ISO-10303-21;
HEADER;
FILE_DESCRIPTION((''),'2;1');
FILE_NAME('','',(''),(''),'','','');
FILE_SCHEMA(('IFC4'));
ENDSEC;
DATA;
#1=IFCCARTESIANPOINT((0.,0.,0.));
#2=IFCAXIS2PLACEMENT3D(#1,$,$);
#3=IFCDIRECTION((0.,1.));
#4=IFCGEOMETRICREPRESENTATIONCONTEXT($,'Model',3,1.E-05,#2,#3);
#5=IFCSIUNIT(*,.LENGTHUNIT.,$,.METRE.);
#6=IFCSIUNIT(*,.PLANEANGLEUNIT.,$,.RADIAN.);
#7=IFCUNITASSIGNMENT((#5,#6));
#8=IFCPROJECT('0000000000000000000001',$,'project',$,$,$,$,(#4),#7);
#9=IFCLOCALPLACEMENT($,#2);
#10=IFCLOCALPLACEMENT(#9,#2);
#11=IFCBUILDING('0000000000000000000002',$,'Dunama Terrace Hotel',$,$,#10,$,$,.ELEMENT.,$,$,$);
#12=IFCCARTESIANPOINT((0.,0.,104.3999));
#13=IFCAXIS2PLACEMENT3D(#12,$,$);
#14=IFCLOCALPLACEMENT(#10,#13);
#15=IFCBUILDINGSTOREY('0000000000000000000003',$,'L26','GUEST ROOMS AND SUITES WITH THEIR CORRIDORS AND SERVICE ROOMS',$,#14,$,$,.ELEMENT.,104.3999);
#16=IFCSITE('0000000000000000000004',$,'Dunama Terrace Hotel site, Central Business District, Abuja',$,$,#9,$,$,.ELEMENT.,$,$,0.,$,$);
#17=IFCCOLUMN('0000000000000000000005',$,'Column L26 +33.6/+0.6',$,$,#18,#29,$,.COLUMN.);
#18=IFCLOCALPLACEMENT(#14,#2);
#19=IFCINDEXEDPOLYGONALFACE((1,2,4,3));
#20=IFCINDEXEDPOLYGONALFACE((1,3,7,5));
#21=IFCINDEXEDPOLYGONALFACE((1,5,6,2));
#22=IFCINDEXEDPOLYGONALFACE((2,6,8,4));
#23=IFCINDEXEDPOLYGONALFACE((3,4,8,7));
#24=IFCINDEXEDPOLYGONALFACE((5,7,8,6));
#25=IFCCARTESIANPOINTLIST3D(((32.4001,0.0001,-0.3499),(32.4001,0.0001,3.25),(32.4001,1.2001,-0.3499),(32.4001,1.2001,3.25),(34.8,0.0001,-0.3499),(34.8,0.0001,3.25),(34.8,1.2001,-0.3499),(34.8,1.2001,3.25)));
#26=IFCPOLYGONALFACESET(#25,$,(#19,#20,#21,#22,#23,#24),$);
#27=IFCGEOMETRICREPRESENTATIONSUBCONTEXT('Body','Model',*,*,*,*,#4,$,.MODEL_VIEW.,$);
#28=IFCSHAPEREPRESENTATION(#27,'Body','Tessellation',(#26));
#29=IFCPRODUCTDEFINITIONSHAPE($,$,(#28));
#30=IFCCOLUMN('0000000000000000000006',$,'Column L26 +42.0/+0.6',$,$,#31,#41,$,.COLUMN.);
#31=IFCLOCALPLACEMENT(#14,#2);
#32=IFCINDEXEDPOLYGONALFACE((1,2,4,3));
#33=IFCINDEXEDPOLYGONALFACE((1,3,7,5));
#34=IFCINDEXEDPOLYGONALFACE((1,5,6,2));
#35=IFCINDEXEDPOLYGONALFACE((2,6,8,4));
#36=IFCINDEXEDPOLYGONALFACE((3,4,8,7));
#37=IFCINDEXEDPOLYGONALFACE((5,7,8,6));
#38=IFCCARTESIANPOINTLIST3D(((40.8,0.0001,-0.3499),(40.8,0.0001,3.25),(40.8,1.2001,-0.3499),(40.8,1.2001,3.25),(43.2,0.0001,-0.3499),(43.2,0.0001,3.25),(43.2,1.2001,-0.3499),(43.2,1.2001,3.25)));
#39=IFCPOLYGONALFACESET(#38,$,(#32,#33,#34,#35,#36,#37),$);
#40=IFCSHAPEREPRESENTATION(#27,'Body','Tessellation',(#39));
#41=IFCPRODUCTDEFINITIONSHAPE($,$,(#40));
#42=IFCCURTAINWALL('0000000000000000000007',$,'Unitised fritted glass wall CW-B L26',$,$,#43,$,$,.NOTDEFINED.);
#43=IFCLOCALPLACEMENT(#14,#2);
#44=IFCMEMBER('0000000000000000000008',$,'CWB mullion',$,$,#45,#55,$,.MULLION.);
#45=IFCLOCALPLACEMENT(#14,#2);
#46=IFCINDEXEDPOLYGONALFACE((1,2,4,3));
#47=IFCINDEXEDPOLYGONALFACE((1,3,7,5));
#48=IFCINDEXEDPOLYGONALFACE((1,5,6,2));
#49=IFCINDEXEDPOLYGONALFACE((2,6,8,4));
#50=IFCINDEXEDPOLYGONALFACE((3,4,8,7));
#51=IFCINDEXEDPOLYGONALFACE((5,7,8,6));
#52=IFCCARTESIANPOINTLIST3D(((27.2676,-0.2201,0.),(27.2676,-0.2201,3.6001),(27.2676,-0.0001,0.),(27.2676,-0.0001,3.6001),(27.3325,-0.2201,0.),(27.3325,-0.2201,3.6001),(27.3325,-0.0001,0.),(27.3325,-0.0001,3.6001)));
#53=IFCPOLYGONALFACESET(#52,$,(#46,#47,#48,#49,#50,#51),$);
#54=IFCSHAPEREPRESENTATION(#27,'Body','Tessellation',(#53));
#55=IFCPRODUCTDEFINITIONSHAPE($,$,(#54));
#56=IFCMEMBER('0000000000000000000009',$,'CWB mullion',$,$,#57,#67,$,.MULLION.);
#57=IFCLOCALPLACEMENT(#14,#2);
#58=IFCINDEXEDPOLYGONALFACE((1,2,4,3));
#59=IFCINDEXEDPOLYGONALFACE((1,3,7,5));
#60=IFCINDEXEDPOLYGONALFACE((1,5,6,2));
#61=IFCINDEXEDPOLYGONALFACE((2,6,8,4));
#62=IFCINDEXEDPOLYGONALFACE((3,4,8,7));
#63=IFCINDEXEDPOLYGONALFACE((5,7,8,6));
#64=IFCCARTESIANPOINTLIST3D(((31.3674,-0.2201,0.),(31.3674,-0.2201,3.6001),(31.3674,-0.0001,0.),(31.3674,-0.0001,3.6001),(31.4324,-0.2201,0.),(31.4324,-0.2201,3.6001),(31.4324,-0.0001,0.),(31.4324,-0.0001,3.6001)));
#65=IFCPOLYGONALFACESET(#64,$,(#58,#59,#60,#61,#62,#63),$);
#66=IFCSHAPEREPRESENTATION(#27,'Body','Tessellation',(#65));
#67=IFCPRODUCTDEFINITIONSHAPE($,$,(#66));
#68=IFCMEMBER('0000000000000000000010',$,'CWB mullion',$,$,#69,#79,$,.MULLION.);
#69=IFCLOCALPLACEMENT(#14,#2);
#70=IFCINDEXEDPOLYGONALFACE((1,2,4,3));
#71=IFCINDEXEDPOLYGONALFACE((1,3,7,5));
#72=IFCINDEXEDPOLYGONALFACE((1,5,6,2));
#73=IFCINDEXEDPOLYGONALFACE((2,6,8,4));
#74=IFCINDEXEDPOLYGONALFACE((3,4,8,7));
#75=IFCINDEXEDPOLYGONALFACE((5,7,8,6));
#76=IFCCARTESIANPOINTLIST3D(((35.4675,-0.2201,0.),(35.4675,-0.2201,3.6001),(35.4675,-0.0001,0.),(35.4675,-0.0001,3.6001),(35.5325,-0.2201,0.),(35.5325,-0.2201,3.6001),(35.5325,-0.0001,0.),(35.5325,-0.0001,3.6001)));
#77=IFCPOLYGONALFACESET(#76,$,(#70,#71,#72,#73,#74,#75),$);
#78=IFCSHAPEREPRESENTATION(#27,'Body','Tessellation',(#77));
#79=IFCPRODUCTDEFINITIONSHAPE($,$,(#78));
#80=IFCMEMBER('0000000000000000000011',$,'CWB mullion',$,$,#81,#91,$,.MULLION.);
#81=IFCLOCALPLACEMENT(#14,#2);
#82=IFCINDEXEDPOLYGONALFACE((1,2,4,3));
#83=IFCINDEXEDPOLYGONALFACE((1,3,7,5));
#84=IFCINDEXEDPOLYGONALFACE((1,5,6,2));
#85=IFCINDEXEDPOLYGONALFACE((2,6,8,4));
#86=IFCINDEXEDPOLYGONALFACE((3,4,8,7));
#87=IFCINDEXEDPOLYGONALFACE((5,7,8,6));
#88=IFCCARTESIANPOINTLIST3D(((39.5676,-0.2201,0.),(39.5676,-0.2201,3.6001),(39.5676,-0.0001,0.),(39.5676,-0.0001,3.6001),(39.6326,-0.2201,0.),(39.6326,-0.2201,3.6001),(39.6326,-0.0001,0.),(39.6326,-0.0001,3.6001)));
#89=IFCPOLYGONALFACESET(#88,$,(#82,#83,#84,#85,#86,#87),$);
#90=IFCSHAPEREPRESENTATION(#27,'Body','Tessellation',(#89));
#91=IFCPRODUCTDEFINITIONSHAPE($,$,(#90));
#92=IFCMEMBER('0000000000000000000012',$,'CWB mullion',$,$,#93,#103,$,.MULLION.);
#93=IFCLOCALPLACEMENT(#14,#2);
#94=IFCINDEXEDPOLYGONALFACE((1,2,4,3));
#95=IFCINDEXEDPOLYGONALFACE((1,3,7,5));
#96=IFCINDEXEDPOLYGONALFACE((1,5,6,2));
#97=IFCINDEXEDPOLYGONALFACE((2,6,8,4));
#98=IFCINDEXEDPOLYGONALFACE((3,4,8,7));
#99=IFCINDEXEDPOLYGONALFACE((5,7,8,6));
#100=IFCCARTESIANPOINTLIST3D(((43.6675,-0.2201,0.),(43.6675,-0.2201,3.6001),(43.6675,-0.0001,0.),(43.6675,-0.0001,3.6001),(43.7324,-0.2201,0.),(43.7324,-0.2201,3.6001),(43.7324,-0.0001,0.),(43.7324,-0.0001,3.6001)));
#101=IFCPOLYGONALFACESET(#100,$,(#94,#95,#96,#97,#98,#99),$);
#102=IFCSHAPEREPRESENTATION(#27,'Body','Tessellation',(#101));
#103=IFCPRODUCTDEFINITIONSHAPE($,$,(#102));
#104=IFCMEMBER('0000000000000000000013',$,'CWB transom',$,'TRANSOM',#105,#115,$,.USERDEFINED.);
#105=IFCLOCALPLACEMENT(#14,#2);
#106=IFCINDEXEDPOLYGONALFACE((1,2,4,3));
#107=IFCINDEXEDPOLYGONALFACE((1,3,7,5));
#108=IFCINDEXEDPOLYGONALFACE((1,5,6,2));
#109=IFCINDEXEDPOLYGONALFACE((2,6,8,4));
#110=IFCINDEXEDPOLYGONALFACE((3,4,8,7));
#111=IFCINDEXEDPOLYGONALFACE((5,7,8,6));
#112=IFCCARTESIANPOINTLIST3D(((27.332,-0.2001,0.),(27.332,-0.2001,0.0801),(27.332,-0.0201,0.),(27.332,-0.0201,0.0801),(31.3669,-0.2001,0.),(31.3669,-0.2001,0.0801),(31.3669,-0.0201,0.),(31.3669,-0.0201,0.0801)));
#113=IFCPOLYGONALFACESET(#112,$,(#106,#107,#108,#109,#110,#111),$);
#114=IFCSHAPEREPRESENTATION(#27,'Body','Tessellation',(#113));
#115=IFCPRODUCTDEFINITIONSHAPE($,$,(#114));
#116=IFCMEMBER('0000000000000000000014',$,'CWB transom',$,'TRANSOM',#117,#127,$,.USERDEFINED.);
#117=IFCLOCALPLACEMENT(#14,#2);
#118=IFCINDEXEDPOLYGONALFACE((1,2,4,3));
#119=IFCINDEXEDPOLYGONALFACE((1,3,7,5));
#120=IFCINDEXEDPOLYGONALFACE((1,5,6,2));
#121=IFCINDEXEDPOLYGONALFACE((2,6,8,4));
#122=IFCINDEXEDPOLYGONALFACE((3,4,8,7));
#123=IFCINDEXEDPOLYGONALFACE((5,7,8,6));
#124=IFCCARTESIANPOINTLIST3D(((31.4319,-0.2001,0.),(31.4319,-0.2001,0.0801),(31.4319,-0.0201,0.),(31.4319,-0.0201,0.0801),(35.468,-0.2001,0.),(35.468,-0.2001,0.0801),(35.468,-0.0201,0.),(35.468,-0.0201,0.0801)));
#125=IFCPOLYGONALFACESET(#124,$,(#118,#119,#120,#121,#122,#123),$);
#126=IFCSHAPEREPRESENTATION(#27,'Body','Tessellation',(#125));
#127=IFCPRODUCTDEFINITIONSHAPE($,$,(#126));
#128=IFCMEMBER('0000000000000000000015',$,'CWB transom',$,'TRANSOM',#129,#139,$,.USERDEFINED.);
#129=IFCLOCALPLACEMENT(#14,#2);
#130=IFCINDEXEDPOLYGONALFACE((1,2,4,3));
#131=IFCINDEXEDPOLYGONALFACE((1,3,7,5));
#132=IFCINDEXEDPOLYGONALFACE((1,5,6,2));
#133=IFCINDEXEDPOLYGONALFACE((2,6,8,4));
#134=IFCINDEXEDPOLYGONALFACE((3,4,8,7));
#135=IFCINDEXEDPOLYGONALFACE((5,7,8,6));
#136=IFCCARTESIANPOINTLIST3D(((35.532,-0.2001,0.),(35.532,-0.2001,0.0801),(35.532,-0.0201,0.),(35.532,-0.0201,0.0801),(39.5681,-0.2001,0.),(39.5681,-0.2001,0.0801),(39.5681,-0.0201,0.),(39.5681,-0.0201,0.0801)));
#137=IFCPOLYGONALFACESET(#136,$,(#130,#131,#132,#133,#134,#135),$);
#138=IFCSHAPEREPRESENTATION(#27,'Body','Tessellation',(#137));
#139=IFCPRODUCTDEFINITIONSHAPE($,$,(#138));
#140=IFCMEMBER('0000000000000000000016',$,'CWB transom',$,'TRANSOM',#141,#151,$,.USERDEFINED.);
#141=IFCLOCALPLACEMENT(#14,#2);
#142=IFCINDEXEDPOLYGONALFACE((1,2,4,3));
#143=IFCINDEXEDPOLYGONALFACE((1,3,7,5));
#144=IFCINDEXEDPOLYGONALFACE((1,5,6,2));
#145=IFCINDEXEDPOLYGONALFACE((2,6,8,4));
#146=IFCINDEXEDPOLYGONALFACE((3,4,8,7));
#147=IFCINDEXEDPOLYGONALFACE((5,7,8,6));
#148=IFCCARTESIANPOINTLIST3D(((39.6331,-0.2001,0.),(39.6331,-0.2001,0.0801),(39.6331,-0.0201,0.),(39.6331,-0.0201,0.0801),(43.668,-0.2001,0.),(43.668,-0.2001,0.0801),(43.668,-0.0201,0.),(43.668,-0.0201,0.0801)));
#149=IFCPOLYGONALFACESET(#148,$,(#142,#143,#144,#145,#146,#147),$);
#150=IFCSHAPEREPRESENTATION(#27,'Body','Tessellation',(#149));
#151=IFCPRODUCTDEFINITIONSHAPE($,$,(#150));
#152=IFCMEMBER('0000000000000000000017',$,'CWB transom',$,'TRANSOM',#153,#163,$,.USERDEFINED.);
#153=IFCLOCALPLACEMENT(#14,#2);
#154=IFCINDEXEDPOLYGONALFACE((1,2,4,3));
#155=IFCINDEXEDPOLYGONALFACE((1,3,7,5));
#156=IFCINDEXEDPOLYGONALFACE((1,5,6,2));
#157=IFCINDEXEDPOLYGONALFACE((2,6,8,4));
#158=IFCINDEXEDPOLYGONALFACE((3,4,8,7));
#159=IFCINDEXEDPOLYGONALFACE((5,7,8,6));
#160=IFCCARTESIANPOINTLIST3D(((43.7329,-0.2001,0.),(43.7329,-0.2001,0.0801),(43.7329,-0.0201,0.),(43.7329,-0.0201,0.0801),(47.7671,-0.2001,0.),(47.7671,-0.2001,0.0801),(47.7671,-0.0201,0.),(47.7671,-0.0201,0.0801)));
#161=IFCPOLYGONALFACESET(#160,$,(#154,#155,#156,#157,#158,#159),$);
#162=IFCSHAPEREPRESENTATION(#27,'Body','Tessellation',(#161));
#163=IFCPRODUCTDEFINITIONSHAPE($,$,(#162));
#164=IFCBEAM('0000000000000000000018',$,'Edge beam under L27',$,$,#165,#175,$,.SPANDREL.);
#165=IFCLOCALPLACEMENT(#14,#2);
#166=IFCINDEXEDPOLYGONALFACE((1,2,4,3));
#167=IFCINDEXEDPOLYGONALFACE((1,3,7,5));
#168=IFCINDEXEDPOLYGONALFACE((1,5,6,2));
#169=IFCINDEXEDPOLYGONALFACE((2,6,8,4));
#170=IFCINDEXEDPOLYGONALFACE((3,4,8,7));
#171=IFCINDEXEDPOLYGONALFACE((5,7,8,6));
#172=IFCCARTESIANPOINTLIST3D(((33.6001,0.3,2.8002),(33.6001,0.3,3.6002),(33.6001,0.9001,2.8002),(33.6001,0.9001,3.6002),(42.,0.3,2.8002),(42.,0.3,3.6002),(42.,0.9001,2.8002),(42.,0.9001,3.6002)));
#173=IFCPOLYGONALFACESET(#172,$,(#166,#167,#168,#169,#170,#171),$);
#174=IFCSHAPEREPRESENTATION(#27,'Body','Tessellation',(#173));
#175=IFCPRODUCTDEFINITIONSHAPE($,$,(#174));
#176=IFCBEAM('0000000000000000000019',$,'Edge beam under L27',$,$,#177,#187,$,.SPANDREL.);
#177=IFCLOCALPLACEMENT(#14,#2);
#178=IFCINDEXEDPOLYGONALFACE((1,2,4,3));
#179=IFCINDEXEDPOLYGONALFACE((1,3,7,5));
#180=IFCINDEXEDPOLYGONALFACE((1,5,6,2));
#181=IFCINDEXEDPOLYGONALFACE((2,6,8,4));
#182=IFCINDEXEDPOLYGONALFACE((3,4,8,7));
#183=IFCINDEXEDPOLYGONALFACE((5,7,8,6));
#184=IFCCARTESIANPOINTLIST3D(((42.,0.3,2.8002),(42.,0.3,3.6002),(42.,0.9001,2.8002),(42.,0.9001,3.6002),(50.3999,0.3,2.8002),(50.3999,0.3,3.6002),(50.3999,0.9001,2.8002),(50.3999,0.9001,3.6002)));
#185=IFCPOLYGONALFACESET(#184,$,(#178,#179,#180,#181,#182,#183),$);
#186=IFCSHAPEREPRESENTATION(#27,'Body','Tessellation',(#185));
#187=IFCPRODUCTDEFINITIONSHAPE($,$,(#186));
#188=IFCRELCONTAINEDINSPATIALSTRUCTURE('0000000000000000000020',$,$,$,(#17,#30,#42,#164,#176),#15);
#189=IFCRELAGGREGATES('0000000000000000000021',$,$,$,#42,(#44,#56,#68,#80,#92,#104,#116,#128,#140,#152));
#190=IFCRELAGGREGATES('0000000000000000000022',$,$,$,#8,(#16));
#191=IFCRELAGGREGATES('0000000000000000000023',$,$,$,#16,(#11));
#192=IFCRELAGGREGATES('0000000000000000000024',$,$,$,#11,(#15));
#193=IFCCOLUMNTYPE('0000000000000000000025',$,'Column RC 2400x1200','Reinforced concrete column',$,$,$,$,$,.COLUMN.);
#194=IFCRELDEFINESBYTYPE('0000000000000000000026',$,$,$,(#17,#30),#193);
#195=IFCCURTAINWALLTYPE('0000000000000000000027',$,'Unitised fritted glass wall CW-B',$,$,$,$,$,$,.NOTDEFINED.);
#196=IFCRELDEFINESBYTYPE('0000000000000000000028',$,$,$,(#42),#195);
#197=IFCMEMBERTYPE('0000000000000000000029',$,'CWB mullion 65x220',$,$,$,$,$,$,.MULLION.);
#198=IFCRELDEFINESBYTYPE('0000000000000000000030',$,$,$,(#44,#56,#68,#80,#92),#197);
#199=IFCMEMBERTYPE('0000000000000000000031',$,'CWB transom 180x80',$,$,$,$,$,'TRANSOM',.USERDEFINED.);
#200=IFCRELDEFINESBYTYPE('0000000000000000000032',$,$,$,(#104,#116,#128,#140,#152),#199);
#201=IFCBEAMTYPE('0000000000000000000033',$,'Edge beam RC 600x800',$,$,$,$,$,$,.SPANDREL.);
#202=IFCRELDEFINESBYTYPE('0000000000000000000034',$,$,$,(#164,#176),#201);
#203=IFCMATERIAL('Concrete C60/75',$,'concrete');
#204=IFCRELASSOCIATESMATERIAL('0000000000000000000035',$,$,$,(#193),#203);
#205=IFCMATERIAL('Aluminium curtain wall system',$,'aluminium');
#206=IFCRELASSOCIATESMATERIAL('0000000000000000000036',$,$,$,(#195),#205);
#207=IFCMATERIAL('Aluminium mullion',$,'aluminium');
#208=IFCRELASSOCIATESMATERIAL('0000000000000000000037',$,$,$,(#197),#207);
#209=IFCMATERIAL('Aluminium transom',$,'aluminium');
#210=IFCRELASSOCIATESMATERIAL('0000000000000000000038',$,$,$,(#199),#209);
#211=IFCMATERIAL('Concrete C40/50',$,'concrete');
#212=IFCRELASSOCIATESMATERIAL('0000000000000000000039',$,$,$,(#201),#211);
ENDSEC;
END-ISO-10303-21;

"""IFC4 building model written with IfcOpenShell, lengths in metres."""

from ifc_helpers import new_model, si_unit, direction, frame, origin, origin_2d, place, context, subcontext, project, spatial, rectangle, extrude, material, material_profile, profile_set, type_object, element, aggregate, save


model = new_model("IFC4")

# Units and contexts
model_context = context("Model", 3, precision=1e-05, world=origin(), true_north=direction((0.0, 1.0)))
body_context = subcontext(model_context, "Body", "Model", "MODEL_VIEW")
ifc_project = project(units=[si_unit("LENGTHUNIT", "METRE"), si_unit("PLANEANGLEUNIT", "RADIAN")], contexts=[model_context])

# Site, building, storey
site_placement = place(None, origin())
site = spatial("IfcSite", under=ifc_project, at=site_placement, Name="Dunama Terrace Hotel site, Central Business District, Abuja", CompositionType="ELEMENT", RefElevation=0.0)
building_placement = place(site_placement, origin())
building = spatial("IfcBuilding", under=site, at=building_placement, Name="Dunama Terrace Hotel", CompositionType="ELEMENT")
storey_placement = place(building_placement, frame((0.0, 0.0, 104.3999)))
storey = spatial("IfcBuildingStorey", under=building, at=storey_placement, Name="L26", Description="GUEST ROOMS AND SUITES WITH THEIR CORRIDORS AND SERVICE ROOMS", CompositionType="ELEMENT", Elevation=104.3999)

# Columns
ifc_material_1 = material(Name="Concrete C60/75", Category="concrete")
ifc_material_profile_1 = material_profile(ifc_material_1, rectangle(XDim=2.3999, YDim=1.2, at=origin_2d()), Name="RC 2400x1200")
ifc_profile_set_1 = profile_set([ifc_material_profile_1], Name="Concrete C60/75")
column_type = type_object("IfcColumnType", Name="Column RC 2400x1200", Description="Reinforced concrete column", PredefinedType="COLUMN", material=ifc_profile_set_1)
for number, where, z_axis, x_axis, name in (
    (1, (33.6001, 0.6001, -0.3499), (0.0, 0.0, 1.0), (1.0, 0.0, 0.0), "Column L26 +33.6/+0.6"),
    (2, (42.0, 0.6001, -0.3499), (0.0, 0.0, 1.0), (1.0, 0.0, 0.0), "Column L26 +42.0/+0.6"),
):
    element("IfcColumn", number, at=place(storey_placement, frame(where, z_axis=z_axis, x_axis=x_axis)), inside=storey, type_object=column_type, Name=name, PredefinedType="COLUMN", context=body_context, shape_type="SweptSolid", body=[
        extrude(rectangle(XDim=2.3999, YDim=1.2, at=origin_2d()), origin(), (0.0, 0.0, 1.0), 3.5999),
    ])

# Curtain wall, members
ifc_material_2 = material(Name="Aluminium curtain wall system", Category="aluminium")
curtain_wall_type = type_object("IfcCurtainWallType", Name="Unitised fritted glass wall CW-B", PredefinedType="NOTDEFINED", material=ifc_material_2)
curtain_wall_placement = place(storey_placement, origin())
curtain_wall = element("IfcCurtainWall", 3, at=curtain_wall_placement, inside=storey, type_object=curtain_wall_type, Name="Unitised fritted glass wall CW-B L26", PredefinedType="NOTDEFINED")
ifc_material_3 = material(Name="Aluminium mullion", Category="aluminium")
ifc_material_profile_2 = material_profile(ifc_material_3, rectangle(XDim=0.0649, YDim=0.22, at=origin_2d()), Name="CWB MULLION 65X220")
ifc_profile_set_2 = profile_set([ifc_material_profile_2], Name="Aluminium mullion")
member_type_1 = type_object("IfcMemberType", Name="CWB mullion 65x220", PredefinedType="MULLION", material=ifc_profile_set_2)
member_1_placement = place(storey_placement, frame((27.3, -0.1101, 0.0), z_axis=(0.0, 0.0, 1.0), x_axis=(1.0, 0.0, 0.0)))
member_1 = element("IfcMember", 4, at=member_1_placement, type_object=member_type_1, Name="CWB mullion", PredefinedType="MULLION", context=body_context, shape_type="SweptSolid", body=[
    extrude(rectangle(XDim=0.0649, YDim=0.22, at=origin_2d()), origin(), (0.0, 0.0, 1.0), 3.6001),
])
member_2_placement = place(storey_placement, frame((31.3999, -0.1101, 0.0), z_axis=(0.0, 0.0, 1.0), x_axis=(1.0, 0.0, 0.0)))
member_2 = element("IfcMember", 5, at=member_2_placement, type_object=member_type_1, Name="CWB mullion", PredefinedType="MULLION", context=body_context, shape_type="SweptSolid", body=[
    extrude(rectangle(XDim=0.0649, YDim=0.22, at=origin_2d()), origin(), (0.0, 0.0, 1.0), 3.6001),
])
member_3_placement = place(storey_placement, frame((35.5, -0.1101, 0.0), z_axis=(0.0, 0.0, 1.0), x_axis=(1.0, 0.0, 0.0)))
member_3 = element("IfcMember", 6, at=member_3_placement, type_object=member_type_1, Name="CWB mullion", PredefinedType="MULLION", context=body_context, shape_type="SweptSolid", body=[
    extrude(rectangle(XDim=0.0649, YDim=0.22, at=origin_2d()), origin(), (0.0, 0.0, 1.0), 3.6001),
])
member_4_placement = place(storey_placement, frame((39.6001, -0.1101, 0.0), z_axis=(0.0, 0.0, 1.0), x_axis=(1.0, 0.0, 0.0)))
member_4 = element("IfcMember", 7, at=member_4_placement, type_object=member_type_1, Name="CWB mullion", PredefinedType="MULLION", context=body_context, shape_type="SweptSolid", body=[
    extrude(rectangle(XDim=0.0649, YDim=0.22, at=origin_2d()), origin(), (0.0, 0.0, 1.0), 3.6001),
])
member_5_placement = place(storey_placement, frame((43.7, -0.1101, 0.0), z_axis=(0.0, 0.0, 1.0), x_axis=(1.0, 0.0, 0.0)))
member_5 = element("IfcMember", 8, at=member_5_placement, type_object=member_type_1, Name="CWB mullion", PredefinedType="MULLION", context=body_context, shape_type="SweptSolid", body=[
    extrude(rectangle(XDim=0.0649, YDim=0.22, at=origin_2d()), origin(), (0.0, 0.0, 1.0), 3.6001),
])
ifc_material_4 = material(Name="Aluminium transom", Category="aluminium")
ifc_material_profile_3 = material_profile(ifc_material_4, rectangle(XDim=0.1799, YDim=0.0801, at=origin_2d()), Name="CWB TRANSOM 180X80")
ifc_profile_set_3 = profile_set([ifc_material_profile_3], Name="Aluminium transom")
member_type_2 = type_object("IfcMemberType", Name="CWB transom 180x80", ElementType="TRANSOM", PredefinedType="USERDEFINED", material=ifc_profile_set_3)
member_6_placement = place(storey_placement, frame((27.332, -0.1101, 0.04), z_axis=(1.0, 0.0, 0.0), x_axis=(0.0, 1.0, 0.0)))
member_6 = element("IfcMember", 9, at=member_6_placement, type_object=member_type_2, Name="CWB transom", ObjectType="TRANSOM", PredefinedType="USERDEFINED", context=body_context, shape_type="SweptSolid", body=[
    extrude(rectangle(XDim=0.1799, YDim=0.0801, at=origin_2d()), origin(), (0.0, 0.0, 1.0), 4.0349),
])
member_7_placement = place(storey_placement, frame((31.4319, -0.1101, 0.04), z_axis=(1.0, 0.0, 0.0), x_axis=(0.0, 1.0, 0.0)))
member_7 = element("IfcMember", 10, at=member_7_placement, type_object=member_type_2, Name="CWB transom", ObjectType="TRANSOM", PredefinedType="USERDEFINED", context=body_context, shape_type="SweptSolid", body=[
    extrude(rectangle(XDim=0.1799, YDim=0.0801, at=origin_2d()), origin(), (0.0, 0.0, 1.0), 4.0361),
])
member_8_placement = place(storey_placement, frame((35.532, -0.1101, 0.04), z_axis=(1.0, 0.0, 0.0), x_axis=(0.0, 1.0, 0.0)))
member_8 = element("IfcMember", 11, at=member_8_placement, type_object=member_type_2, Name="CWB transom", ObjectType="TRANSOM", PredefinedType="USERDEFINED", context=body_context, shape_type="SweptSolid", body=[
    extrude(rectangle(XDim=0.1799, YDim=0.0801, at=origin_2d()), origin(), (0.0, 0.0, 1.0), 4.0361),
])
member_9_placement = place(storey_placement, frame((39.6331, -0.1101, 0.04), z_axis=(1.0, 0.0, 0.0), x_axis=(0.0, 1.0, 0.0)))
member_9 = element("IfcMember", 12, at=member_9_placement, type_object=member_type_2, Name="CWB transom", ObjectType="TRANSOM", PredefinedType="USERDEFINED", context=body_context, shape_type="SweptSolid", body=[
    extrude(rectangle(XDim=0.1799, YDim=0.0801, at=origin_2d()), origin(), (0.0, 0.0, 1.0), 4.0349),
])
member_10_placement = place(storey_placement, frame((43.7329, -0.1101, 0.04), z_axis=(1.0, 0.0, 0.0), x_axis=(0.0, 1.0, 0.0)))
member_10 = element("IfcMember", 13, at=member_10_placement, type_object=member_type_2, Name="CWB transom", ObjectType="TRANSOM", PredefinedType="USERDEFINED", context=body_context, shape_type="SweptSolid", body=[
    extrude(rectangle(XDim=0.1799, YDim=0.0801, at=origin_2d()), origin(), (0.0, 0.0, 1.0), 4.0342),
])

# Beams
ifc_material_5 = material(Name="Concrete C40/50", Category="concrete")
ifc_material_profile_4 = material_profile(ifc_material_5, rectangle(XDim=0.6001, YDim=0.8, at=origin_2d()), Name="RC 600x800")
ifc_profile_set_4 = profile_set([ifc_material_profile_4], Name="Concrete C40/50")
beam_type = type_object("IfcBeamType", Name="Edge beam RC 600x800", PredefinedType="SPANDREL", material=ifc_profile_set_4)
for number, where, z_axis, x_axis, name in (
    (14, (33.6001, 0.6001, 3.2002), (1.0, 0.0, 0.0), (0.0, 1.0, 0.0), "Edge beam under L27"),
    (15, (42.0, 0.6001, 3.2002), (1.0, 0.0, 0.0), (0.0, 1.0, 0.0), "Edge beam under L27"),
):
    element("IfcBeam", number, at=place(storey_placement, frame(where, z_axis=z_axis, x_axis=x_axis)), inside=storey, type_object=beam_type, Name=name, PredefinedType="SPANDREL", context=body_context, shape_type="SweptSolid", body=[
        extrude(rectangle(XDim=0.6001, YDim=0.8, at=origin_2d()), origin(), (0.0, 0.0, 1.0), 8.3999),
    ])

aggregate(curtain_wall, [member_1, member_2, member_3, member_4, member_5, member_6, member_7, member_8, member_9, member_10])

save(model, "model.ifc")
